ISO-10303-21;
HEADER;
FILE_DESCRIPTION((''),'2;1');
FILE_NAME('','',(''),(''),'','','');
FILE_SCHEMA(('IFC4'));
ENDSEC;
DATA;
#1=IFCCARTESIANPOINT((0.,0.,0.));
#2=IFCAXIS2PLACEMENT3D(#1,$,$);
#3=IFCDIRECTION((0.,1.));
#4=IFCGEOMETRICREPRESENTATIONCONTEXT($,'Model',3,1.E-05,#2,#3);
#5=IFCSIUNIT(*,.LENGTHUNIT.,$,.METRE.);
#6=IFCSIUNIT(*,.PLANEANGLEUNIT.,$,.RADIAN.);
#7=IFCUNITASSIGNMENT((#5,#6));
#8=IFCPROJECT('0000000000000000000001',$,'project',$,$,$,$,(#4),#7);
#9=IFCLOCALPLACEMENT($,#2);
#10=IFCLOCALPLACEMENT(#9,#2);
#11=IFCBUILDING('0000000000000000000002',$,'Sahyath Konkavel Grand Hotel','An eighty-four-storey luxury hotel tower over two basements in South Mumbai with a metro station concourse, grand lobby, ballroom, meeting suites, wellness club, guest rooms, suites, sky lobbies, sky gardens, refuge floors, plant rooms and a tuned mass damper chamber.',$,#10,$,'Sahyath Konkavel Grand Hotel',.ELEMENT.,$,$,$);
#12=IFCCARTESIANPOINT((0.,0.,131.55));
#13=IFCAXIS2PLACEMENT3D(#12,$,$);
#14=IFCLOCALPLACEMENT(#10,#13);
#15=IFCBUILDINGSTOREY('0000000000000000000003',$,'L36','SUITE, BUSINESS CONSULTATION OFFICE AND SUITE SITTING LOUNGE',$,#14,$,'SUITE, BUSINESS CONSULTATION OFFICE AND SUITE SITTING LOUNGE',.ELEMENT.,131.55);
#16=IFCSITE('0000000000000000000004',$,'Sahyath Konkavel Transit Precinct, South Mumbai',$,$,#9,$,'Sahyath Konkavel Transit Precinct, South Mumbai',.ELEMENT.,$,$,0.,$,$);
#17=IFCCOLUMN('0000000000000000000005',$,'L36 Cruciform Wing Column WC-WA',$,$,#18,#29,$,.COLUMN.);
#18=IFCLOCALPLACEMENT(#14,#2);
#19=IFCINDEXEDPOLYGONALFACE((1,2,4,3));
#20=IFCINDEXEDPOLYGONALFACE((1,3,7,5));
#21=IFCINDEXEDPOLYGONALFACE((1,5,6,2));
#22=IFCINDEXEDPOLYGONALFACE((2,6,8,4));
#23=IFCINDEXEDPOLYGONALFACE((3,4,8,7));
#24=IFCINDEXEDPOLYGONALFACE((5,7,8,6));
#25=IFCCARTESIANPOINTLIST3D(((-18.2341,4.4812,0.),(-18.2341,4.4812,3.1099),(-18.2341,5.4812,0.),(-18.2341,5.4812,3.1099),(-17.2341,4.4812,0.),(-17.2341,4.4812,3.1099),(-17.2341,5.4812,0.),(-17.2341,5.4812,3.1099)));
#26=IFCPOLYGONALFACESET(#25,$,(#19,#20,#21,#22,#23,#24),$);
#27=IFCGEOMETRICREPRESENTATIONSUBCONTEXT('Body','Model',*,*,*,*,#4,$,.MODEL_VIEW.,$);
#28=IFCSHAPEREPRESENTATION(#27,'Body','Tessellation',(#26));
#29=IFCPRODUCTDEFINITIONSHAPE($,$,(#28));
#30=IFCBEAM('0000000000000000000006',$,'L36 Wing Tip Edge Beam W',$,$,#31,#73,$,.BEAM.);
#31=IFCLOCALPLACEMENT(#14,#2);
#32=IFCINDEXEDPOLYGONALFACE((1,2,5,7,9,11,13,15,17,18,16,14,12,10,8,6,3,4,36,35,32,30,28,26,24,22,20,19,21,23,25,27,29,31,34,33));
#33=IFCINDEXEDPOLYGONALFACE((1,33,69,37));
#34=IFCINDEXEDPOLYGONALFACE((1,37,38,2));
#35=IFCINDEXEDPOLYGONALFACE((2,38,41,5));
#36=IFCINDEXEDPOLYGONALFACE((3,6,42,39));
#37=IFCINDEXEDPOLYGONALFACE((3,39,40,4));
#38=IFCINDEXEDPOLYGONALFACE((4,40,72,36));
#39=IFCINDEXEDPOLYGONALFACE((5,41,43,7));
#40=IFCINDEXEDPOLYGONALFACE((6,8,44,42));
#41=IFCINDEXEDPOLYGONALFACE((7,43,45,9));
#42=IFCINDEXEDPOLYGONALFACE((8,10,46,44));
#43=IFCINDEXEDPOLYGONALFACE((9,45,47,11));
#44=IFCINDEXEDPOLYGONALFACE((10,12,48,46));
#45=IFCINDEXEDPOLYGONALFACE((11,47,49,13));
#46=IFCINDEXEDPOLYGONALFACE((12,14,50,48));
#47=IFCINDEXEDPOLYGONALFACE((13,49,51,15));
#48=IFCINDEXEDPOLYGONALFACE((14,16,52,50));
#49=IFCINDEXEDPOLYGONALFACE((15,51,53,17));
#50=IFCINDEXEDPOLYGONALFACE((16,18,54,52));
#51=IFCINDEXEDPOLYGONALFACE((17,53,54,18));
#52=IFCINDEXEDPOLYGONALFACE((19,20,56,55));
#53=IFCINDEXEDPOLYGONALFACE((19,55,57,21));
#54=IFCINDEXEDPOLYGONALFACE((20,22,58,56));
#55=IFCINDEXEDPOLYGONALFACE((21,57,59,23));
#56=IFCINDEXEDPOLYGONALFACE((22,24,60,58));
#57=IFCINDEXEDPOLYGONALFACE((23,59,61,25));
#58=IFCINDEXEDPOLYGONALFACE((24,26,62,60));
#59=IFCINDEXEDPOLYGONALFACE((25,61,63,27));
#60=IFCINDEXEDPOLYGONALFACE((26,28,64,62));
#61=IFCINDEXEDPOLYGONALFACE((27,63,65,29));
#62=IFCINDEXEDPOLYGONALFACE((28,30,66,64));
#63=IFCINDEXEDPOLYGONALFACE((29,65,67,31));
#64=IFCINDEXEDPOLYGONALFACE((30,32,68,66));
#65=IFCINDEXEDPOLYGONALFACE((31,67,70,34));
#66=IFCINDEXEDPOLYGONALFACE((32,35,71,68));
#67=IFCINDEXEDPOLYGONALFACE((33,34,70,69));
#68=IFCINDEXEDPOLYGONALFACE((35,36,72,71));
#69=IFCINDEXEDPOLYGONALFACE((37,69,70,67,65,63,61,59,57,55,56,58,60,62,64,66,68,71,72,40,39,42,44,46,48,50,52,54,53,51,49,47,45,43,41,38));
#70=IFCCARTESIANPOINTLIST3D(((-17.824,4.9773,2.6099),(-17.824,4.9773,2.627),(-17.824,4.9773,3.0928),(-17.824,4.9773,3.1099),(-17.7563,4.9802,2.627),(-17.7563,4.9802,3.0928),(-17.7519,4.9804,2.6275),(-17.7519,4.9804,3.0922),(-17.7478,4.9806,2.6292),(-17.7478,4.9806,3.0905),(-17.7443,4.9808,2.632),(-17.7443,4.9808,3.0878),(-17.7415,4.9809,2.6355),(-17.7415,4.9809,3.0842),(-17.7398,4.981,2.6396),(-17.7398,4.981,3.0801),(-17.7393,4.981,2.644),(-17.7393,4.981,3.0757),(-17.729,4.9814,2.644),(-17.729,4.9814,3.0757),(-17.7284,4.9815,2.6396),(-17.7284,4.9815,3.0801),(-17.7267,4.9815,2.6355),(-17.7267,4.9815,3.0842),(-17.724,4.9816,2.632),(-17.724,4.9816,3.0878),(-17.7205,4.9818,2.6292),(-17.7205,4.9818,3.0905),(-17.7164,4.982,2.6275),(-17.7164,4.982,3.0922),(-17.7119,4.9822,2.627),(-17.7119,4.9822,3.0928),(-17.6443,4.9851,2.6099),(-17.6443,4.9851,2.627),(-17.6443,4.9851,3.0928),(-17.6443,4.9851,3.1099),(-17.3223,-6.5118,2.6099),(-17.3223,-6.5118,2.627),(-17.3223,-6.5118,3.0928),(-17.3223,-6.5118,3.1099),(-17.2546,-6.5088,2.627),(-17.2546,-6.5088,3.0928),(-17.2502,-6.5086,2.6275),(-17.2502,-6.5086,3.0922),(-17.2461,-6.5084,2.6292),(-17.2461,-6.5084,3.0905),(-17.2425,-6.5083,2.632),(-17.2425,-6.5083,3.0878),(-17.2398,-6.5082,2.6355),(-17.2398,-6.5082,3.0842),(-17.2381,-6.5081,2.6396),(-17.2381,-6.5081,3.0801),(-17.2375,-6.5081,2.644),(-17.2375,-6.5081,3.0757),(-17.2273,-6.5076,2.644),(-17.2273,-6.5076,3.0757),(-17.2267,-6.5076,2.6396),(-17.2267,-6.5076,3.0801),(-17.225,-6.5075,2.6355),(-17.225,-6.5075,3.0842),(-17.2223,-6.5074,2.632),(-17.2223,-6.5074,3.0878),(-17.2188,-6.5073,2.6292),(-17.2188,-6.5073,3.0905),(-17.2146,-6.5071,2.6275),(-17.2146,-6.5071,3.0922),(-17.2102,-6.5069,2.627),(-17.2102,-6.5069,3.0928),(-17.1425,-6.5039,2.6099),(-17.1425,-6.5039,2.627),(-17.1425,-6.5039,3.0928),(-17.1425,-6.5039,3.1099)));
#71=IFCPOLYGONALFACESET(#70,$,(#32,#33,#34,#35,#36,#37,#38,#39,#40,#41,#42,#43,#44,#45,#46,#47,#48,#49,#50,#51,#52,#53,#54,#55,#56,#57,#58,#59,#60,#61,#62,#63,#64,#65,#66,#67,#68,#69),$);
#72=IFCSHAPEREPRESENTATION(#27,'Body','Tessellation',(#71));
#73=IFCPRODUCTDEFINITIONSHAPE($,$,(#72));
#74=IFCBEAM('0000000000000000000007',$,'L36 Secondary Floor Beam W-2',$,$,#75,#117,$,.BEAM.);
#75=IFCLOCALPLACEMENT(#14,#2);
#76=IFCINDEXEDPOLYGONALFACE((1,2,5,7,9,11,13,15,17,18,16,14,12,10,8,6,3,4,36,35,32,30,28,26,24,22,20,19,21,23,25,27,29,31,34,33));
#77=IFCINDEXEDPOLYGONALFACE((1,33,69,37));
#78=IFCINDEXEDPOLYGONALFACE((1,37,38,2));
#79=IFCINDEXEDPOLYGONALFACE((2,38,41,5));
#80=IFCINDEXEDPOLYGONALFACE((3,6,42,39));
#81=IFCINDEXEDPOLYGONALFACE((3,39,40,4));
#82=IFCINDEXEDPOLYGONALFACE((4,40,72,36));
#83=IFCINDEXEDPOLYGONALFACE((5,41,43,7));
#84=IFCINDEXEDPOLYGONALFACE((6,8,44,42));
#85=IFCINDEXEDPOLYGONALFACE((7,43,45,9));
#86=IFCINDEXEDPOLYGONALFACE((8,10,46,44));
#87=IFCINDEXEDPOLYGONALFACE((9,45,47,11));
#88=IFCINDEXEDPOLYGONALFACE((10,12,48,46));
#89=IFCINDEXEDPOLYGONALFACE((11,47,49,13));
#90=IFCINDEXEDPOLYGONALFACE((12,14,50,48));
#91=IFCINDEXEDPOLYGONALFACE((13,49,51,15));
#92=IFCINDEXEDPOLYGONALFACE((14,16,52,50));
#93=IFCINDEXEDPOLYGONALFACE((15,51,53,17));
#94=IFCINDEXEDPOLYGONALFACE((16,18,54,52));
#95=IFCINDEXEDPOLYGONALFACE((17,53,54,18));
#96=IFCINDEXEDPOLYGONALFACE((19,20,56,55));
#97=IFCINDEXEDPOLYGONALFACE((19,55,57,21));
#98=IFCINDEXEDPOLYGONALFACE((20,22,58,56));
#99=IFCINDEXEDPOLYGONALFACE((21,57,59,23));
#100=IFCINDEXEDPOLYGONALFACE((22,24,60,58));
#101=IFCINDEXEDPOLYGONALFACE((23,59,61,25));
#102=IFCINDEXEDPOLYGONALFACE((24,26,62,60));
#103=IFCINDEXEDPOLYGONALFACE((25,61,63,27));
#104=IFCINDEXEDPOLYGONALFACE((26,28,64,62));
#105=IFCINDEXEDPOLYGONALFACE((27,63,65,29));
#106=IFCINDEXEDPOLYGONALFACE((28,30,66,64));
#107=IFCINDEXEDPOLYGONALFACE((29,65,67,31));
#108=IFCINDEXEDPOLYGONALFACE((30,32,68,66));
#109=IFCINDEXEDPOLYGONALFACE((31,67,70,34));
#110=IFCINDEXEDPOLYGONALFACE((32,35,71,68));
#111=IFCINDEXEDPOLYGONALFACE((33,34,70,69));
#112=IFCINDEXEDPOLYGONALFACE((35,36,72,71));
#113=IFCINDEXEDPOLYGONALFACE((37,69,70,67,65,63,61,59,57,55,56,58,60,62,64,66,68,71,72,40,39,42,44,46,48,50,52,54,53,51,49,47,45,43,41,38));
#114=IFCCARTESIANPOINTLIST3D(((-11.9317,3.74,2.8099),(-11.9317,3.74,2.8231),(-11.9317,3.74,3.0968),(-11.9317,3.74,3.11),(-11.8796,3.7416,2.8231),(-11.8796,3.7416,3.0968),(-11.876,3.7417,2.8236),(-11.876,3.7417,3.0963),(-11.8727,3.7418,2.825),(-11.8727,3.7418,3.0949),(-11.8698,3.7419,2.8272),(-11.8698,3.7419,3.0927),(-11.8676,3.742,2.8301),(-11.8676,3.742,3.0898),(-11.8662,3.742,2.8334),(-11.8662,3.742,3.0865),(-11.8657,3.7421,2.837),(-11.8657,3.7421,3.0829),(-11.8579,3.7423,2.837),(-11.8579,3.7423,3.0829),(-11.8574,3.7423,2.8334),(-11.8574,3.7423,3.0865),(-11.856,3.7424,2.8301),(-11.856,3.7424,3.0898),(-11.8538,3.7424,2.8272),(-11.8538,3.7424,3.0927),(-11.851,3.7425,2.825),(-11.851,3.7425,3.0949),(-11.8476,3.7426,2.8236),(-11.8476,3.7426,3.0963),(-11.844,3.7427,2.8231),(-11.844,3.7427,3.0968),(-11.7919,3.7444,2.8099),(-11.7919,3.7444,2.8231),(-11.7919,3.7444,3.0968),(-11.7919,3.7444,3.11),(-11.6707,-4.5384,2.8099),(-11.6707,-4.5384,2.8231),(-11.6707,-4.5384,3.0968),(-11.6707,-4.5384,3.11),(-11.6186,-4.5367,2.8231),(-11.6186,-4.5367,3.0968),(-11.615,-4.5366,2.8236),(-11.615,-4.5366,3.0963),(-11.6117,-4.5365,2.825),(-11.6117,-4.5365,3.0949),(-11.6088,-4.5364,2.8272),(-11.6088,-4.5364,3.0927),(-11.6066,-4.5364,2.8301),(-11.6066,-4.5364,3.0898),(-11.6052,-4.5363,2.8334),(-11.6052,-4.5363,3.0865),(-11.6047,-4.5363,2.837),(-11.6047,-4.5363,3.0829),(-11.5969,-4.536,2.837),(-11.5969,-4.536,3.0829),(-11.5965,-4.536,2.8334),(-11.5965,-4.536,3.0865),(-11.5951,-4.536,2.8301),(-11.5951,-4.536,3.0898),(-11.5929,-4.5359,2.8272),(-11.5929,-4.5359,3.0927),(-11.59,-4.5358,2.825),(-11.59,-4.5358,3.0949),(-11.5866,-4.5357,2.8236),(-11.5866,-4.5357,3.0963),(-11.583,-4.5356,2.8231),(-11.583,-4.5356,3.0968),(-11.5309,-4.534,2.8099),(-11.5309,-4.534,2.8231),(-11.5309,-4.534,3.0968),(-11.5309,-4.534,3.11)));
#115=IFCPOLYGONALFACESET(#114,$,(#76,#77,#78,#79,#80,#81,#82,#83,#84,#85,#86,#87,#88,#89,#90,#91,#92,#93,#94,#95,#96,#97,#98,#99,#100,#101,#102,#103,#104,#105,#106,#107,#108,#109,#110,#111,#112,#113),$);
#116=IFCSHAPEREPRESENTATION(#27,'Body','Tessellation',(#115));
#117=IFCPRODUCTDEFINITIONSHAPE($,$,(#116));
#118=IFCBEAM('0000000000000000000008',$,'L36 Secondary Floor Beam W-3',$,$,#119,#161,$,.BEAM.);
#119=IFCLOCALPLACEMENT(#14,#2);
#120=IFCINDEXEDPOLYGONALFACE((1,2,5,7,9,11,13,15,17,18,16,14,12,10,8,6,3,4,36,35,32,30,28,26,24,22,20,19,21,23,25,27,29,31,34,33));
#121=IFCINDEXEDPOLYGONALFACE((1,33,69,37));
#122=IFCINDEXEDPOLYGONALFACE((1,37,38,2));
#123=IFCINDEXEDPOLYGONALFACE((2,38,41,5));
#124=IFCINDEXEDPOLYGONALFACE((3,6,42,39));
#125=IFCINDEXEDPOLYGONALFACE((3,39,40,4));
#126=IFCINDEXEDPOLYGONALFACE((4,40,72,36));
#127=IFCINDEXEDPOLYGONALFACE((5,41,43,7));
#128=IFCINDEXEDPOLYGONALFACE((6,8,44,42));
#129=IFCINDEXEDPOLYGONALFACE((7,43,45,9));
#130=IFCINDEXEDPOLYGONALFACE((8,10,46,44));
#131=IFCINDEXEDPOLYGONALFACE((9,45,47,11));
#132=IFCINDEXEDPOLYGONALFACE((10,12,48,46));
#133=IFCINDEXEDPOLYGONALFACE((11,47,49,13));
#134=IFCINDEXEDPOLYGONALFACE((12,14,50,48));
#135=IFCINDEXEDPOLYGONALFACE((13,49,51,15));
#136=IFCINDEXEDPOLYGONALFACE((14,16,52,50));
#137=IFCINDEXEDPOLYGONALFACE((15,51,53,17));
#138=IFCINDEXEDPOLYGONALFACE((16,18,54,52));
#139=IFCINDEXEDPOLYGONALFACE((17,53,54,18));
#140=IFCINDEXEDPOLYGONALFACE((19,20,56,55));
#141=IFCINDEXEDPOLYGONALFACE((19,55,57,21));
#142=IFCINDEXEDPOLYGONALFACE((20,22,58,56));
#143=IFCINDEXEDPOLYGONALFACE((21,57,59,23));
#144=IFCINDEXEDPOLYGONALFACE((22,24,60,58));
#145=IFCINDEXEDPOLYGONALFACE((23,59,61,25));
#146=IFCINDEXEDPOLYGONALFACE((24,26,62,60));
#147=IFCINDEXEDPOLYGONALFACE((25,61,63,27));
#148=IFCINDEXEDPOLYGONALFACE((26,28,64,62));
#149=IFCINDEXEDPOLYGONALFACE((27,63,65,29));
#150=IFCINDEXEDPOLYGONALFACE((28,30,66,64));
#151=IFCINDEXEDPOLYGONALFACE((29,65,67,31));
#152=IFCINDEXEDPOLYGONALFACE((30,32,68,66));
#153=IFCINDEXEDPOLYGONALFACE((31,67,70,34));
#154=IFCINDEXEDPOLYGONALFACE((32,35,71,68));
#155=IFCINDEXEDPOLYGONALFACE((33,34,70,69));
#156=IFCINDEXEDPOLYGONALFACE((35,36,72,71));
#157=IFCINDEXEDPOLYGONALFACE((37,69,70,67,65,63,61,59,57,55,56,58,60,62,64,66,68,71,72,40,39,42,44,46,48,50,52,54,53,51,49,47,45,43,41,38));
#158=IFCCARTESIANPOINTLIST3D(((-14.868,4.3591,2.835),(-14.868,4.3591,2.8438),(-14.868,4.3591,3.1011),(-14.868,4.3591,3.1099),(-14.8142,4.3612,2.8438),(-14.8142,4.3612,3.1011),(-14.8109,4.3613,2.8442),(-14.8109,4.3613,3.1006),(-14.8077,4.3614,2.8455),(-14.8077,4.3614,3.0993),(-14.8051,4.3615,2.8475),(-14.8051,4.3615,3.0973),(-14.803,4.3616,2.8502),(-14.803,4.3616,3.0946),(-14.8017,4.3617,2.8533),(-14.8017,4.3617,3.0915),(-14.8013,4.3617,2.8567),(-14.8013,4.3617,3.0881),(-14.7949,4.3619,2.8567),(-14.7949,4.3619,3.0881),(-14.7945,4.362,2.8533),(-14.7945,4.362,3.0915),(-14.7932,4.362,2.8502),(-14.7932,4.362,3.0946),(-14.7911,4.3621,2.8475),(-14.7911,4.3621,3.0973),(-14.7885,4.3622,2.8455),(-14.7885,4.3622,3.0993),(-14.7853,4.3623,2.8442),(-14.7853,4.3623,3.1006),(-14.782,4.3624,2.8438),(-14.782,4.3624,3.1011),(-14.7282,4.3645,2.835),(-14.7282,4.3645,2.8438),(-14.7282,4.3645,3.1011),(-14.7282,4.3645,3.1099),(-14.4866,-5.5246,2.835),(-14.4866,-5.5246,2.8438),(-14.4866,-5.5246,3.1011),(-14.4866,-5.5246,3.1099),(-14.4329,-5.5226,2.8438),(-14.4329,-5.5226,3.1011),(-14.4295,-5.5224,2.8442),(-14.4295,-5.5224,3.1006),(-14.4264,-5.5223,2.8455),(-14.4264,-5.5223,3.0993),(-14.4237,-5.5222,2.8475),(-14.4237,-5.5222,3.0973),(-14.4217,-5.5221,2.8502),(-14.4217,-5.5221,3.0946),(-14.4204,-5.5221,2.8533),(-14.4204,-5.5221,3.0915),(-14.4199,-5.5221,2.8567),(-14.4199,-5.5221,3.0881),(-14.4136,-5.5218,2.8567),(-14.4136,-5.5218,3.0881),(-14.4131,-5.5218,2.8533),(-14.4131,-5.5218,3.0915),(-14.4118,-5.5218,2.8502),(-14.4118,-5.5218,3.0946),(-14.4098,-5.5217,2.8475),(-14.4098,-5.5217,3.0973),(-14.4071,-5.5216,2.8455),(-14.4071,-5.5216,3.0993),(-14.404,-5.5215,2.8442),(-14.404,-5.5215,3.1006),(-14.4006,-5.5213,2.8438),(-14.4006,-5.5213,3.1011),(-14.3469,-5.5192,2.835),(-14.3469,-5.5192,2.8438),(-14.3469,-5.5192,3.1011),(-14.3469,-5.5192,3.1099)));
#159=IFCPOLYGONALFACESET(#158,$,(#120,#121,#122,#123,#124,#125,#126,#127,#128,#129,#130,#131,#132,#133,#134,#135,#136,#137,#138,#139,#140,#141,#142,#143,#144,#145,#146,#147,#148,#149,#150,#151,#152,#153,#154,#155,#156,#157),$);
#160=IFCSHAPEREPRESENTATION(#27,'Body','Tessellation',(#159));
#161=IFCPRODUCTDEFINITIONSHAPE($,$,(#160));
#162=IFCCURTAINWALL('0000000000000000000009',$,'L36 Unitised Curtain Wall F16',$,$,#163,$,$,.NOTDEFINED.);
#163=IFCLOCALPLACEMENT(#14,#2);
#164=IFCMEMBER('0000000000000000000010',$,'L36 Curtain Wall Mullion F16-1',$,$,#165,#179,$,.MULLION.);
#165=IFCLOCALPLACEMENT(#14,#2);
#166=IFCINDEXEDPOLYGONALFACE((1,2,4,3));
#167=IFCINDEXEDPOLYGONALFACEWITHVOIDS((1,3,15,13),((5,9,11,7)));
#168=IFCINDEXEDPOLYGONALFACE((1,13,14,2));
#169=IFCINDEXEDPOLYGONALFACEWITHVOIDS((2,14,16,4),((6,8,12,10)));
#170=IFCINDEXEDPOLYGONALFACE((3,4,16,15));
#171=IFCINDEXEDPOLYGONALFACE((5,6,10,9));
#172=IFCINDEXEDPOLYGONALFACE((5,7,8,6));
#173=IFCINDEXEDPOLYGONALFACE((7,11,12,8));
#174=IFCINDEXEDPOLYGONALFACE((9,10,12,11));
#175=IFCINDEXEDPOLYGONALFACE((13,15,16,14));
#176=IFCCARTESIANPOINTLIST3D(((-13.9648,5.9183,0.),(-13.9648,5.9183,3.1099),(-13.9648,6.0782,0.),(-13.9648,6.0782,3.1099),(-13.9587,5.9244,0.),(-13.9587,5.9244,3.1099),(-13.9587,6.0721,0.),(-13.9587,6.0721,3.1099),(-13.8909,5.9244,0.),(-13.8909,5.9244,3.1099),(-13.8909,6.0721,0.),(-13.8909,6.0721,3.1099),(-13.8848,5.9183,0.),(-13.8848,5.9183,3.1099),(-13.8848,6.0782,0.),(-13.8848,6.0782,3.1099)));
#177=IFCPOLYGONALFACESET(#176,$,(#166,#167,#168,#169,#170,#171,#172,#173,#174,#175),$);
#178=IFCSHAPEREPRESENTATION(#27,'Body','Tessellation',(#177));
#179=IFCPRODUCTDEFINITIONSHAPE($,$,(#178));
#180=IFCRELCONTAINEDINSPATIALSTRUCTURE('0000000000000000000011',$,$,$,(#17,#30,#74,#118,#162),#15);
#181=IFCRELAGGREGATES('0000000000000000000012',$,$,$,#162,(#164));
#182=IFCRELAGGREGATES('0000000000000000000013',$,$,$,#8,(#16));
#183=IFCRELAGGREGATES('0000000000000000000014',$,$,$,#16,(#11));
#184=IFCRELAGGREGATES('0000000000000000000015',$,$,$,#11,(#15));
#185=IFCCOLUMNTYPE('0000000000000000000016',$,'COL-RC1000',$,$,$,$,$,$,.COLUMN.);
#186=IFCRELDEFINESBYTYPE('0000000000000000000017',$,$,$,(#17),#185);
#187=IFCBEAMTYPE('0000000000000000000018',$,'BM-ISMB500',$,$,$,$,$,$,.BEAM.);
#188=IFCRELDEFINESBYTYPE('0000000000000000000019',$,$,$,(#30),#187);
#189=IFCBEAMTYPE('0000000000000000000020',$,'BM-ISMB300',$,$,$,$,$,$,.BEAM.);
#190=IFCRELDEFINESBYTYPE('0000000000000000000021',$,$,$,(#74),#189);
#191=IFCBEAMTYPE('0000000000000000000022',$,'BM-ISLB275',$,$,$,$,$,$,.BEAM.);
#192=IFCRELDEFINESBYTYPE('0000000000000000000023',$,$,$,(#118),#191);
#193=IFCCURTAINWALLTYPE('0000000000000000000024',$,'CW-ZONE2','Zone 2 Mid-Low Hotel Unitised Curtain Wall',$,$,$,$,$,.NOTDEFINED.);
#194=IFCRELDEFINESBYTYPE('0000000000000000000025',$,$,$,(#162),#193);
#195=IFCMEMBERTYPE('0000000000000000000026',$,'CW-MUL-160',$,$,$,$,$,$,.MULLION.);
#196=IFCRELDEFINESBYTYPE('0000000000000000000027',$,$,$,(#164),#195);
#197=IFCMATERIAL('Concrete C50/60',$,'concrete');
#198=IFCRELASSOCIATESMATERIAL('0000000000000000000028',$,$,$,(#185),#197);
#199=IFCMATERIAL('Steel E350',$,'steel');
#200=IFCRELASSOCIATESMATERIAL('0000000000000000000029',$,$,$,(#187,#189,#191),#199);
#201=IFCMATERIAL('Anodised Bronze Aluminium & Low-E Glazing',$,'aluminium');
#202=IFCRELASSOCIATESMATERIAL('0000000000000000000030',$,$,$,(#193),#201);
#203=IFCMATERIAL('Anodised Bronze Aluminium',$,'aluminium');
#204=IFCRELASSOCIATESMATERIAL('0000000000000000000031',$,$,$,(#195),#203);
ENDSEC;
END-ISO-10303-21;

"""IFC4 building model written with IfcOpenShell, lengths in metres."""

from ifc_helpers import new_model, si_unit, direction, frame, origin, origin_2d, place, context, subcontext, project, spatial, rectangle, hollow_rectangle, i_section, extrude, source, transform, mapped, material, material_profile, profile_set, type_object, element, aggregate, save


model = new_model("IFC4")

# Units and contexts
model_context = context("Model", 3, precision=1e-05, world=origin(), true_north=direction((0.0, 1.0)))
body_context = subcontext(model_context, "Body", "Model", "MODEL_VIEW")
ifc_project = project(units=[si_unit("LENGTHUNIT", "METRE"), si_unit("PLANEANGLEUNIT", "RADIAN")], contexts=[model_context])

# Site, building, storey
site_placement = place(None, origin())
site = spatial("IfcSite", under=ifc_project, at=site_placement, Name="Sahyath Konkavel Transit Precinct, South Mumbai", LongName="Sahyath Konkavel Transit Precinct, South Mumbai", CompositionType="ELEMENT", RefElevation=0.0)
building_placement = place(site_placement, origin())
building = spatial("IfcBuilding", under=site, at=building_placement, Name="Sahyath Konkavel Grand Hotel", Description="An eighty-four-storey luxury hotel tower over two basements in South Mumbai with a metro station concourse, grand lobby, ballroom, meeting suites, wellness club, guest rooms, suites, sky lobbies, sky gardens, refuge floors, plant rooms and a tuned mass damper chamber.", LongName="Sahyath Konkavel Grand Hotel", CompositionType="ELEMENT")
storey_placement = place(building_placement, frame((0.0, 0.0, 131.55)))
storey = spatial("IfcBuildingStorey", under=building, at=storey_placement, Name="L36", Description="SUITE, BUSINESS CONSULTATION OFFICE AND SUITE SITTING LOUNGE", LongName="SUITE, BUSINESS CONSULTATION OFFICE AND SUITE SITTING LOUNGE", CompositionType="ELEMENT", Elevation=131.55)

# Column
ifc_material_1 = material(Name="Concrete C50/60", Category="concrete")
ifc_material_profile_1 = material_profile(ifc_material_1, rectangle(XDim=1.0, YDim=1.0, at=origin_2d()), Name="RC 1000x1000")
ifc_profile_set_1 = profile_set([ifc_material_profile_1], Name="Concrete C50/60")
column_type = type_object("IfcColumnType", Name="COL-RC1000", PredefinedType="COLUMN", material=ifc_profile_set_1)
shared_shape_1 = source(origin(), body_context, "Body", "SweptSolid", [
    extrude(rectangle(XDim=1.0, YDim=1.0, at=origin_2d()), origin(), (0.0, 0.0, 1.0), 3.1099),
])
column_placement = place(storey_placement, frame((-17.7341, 4.9812, 0.0), z_axis=(0.0, 0.0, 1.0), x_axis=(1.0, 0.0, 0.0)))
element("IfcColumn", 1, at=column_placement, inside=storey, type_object=column_type, Name="L36 Cruciform Wing Column WC-WA", PredefinedType="COLUMN", context=body_context, shape_type="MappedRepresentation", body=[
    mapped(shared_shape_1, transform((0.0, 0.0, 0.0), scale=1.0)),
])

# Beams
ifc_material_2 = material(Name="Steel E350", Category="steel")
ifc_material_profile_2 = material_profile(ifc_material_2, i_section(OverallWidth=0.1799, OverallDepth=0.5, WebThickness=0.0103, FlangeThickness=0.0171, FilletRadius=0.0171, at=origin_2d()), Name="ISMB 500")
ifc_profile_set_2 = profile_set([ifc_material_profile_2], Name="Steel E350")
beam_type_1 = type_object("IfcBeamType", Name="BM-ISMB500", PredefinedType="BEAM", material=ifc_profile_set_2)
shared_shape_2 = source(origin(), body_context, "Body", "SweptSolid", [
    extrude(i_section(OverallWidth=0.1799, OverallDepth=0.5, WebThickness=0.0103, FlangeThickness=0.0171, FilletRadius=0.0171, at=origin_2d()), origin(), (0.0, 0.0, 1.0), 11.5),
])
beam_1_placement = place(storey_placement, frame((-17.7341, 4.9812, 2.8599), z_axis=(0.043627, -0.999048, 0.0), x_axis=(0.999048, 0.043627, 0.0)))
element("IfcBeam", 2, at=beam_1_placement, inside=storey, type_object=beam_type_1, Name="L36 Wing Tip Edge Beam W", PredefinedType="BEAM", context=body_context, shape_type="MappedRepresentation", body=[
    mapped(shared_shape_2, transform((0.0, 0.0, 0.0), scale=1.0)),
])
ifc_material_profile_3 = material_profile(ifc_material_2, i_section(OverallWidth=0.1399, OverallDepth=0.3, WebThickness=0.0078, FlangeThickness=0.0132, FilletRadius=0.0139, at=origin_2d()), Name="ISMB 300")
ifc_profile_set_3 = profile_set([ifc_material_profile_3], Name="Steel E350")
beam_type_2 = type_object("IfcBeamType", Name="BM-ISMB300", PredefinedType="BEAM", material=ifc_profile_set_3)
shared_shape_3 = source(origin(), body_context, "Body", "SweptSolid", [
    extrude(i_section(OverallWidth=0.1399, OverallDepth=0.3, WebThickness=0.0078, FlangeThickness=0.0132, FilletRadius=0.0139, at=origin_2d()), origin(), (0.0, 0.0, 1.0), 8.2825),
])
beam_2_placement = place(storey_placement, frame((-11.8618, 3.7422, 2.96), z_axis=(0.031511, -0.999503, 0.0), x_axis=(0.999503, 0.031511, 0.0)))
element("IfcBeam", 3, at=beam_2_placement, inside=storey, type_object=beam_type_2, Name="L36 Secondary Floor Beam W-2", PredefinedType="BEAM", context=body_context, shape_type="MappedRepresentation", body=[
    mapped(shared_shape_3, transform((0.0, 0.0, 0.0), scale=1.0)),
])
ifc_material_profile_4 = material_profile(ifc_material_2, i_section(OverallWidth=0.1399, OverallDepth=0.2749, WebThickness=0.0063, FlangeThickness=0.0088, FilletRadius=0.0129, at=origin_2d()), Name="ISLB 275")
ifc_profile_set_4 = profile_set([ifc_material_profile_4], Name="Steel E350")
beam_type_3 = type_object("IfcBeamType", Name="BM-ISLB275", PredefinedType="BEAM", material=ifc_profile_set_4)
shared_shape_4 = source(origin(), body_context, "Body", "SweptSolid", [
    extrude(i_section(OverallWidth=0.1399, OverallDepth=0.2749, WebThickness=0.0063, FlangeThickness=0.0088, FilletRadius=0.0129, at=origin_2d()), origin(), (0.0, 0.0, 1.0), 9.8911),
])
beam_3_placement = place(storey_placement, frame((-14.7981, 4.3618, 2.9724), z_axis=(0.038554, -0.999257, 0.0), x_axis=(0.999257, 0.038554, 0.0)))
element("IfcBeam", 4, at=beam_3_placement, inside=storey, type_object=beam_type_3, Name="L36 Secondary Floor Beam W-3", PredefinedType="BEAM", context=body_context, shape_type="MappedRepresentation", body=[
    mapped(shared_shape_4, transform((0.0, 0.0, 0.0), scale=1.0)),
])

# Curtain wall, member
ifc_material_3 = material(Name="Anodised Bronze Aluminium & Low-E Glazing", Category="aluminium")
curtain_wall_type = type_object("IfcCurtainWallType", Name="CW-ZONE2", Description="Zone 2 Mid-Low Hotel Unitised Curtain Wall", PredefinedType="NOTDEFINED", material=ifc_material_3)
curtain_wall_1_placement = place(storey_placement, origin())
curtain_wall_1 = element("IfcCurtainWall", 5, at=curtain_wall_1_placement, inside=storey, type_object=curtain_wall_type, Name="L36 Unitised Curtain Wall F16", PredefinedType="NOTDEFINED")
ifc_material_4 = material(Name="Anodised Bronze Aluminium", Category="aluminium")
ifc_material_profile_5 = material_profile(ifc_material_4, hollow_rectangle(XDim=0.0801, YDim=0.1599, WallThickness=0.0061, at=origin_2d()), Name="RHS 160x80x6")
ifc_profile_set_5 = profile_set([ifc_material_profile_5], Name="Anodised Bronze Aluminium")
member_type_1 = type_object("IfcMemberType", Name="CW-MUL-160", PredefinedType="MULLION", material=ifc_profile_set_5)
shared_shape_5 = source(origin(), body_context, "Body", "SweptSolid", [
    extrude(hollow_rectangle(XDim=0.0801, YDim=0.1599, WallThickness=0.0061, at=origin_2d()), origin(), (0.0, 0.0, 1.0), 3.1099),
])
member_1_placement = place(storey_placement, frame((-13.9248, 5.9983, 0.0), z_axis=(0.0, 0.0, 1.0), x_axis=(1.0, 0.0, 0.0)))
member_1 = element("IfcMember", 6, at=member_1_placement, type_object=member_type_1, Name="L36 Curtain Wall Mullion F16-1", PredefinedType="MULLION", context=body_context, shape_type="MappedRepresentation", body=[
    mapped(shared_shape_5, transform((0.0, 0.0, 0.0), scale=1.0)),
])

aggregate(curtain_wall_1, [member_1])

save(model, "model.ifc")
